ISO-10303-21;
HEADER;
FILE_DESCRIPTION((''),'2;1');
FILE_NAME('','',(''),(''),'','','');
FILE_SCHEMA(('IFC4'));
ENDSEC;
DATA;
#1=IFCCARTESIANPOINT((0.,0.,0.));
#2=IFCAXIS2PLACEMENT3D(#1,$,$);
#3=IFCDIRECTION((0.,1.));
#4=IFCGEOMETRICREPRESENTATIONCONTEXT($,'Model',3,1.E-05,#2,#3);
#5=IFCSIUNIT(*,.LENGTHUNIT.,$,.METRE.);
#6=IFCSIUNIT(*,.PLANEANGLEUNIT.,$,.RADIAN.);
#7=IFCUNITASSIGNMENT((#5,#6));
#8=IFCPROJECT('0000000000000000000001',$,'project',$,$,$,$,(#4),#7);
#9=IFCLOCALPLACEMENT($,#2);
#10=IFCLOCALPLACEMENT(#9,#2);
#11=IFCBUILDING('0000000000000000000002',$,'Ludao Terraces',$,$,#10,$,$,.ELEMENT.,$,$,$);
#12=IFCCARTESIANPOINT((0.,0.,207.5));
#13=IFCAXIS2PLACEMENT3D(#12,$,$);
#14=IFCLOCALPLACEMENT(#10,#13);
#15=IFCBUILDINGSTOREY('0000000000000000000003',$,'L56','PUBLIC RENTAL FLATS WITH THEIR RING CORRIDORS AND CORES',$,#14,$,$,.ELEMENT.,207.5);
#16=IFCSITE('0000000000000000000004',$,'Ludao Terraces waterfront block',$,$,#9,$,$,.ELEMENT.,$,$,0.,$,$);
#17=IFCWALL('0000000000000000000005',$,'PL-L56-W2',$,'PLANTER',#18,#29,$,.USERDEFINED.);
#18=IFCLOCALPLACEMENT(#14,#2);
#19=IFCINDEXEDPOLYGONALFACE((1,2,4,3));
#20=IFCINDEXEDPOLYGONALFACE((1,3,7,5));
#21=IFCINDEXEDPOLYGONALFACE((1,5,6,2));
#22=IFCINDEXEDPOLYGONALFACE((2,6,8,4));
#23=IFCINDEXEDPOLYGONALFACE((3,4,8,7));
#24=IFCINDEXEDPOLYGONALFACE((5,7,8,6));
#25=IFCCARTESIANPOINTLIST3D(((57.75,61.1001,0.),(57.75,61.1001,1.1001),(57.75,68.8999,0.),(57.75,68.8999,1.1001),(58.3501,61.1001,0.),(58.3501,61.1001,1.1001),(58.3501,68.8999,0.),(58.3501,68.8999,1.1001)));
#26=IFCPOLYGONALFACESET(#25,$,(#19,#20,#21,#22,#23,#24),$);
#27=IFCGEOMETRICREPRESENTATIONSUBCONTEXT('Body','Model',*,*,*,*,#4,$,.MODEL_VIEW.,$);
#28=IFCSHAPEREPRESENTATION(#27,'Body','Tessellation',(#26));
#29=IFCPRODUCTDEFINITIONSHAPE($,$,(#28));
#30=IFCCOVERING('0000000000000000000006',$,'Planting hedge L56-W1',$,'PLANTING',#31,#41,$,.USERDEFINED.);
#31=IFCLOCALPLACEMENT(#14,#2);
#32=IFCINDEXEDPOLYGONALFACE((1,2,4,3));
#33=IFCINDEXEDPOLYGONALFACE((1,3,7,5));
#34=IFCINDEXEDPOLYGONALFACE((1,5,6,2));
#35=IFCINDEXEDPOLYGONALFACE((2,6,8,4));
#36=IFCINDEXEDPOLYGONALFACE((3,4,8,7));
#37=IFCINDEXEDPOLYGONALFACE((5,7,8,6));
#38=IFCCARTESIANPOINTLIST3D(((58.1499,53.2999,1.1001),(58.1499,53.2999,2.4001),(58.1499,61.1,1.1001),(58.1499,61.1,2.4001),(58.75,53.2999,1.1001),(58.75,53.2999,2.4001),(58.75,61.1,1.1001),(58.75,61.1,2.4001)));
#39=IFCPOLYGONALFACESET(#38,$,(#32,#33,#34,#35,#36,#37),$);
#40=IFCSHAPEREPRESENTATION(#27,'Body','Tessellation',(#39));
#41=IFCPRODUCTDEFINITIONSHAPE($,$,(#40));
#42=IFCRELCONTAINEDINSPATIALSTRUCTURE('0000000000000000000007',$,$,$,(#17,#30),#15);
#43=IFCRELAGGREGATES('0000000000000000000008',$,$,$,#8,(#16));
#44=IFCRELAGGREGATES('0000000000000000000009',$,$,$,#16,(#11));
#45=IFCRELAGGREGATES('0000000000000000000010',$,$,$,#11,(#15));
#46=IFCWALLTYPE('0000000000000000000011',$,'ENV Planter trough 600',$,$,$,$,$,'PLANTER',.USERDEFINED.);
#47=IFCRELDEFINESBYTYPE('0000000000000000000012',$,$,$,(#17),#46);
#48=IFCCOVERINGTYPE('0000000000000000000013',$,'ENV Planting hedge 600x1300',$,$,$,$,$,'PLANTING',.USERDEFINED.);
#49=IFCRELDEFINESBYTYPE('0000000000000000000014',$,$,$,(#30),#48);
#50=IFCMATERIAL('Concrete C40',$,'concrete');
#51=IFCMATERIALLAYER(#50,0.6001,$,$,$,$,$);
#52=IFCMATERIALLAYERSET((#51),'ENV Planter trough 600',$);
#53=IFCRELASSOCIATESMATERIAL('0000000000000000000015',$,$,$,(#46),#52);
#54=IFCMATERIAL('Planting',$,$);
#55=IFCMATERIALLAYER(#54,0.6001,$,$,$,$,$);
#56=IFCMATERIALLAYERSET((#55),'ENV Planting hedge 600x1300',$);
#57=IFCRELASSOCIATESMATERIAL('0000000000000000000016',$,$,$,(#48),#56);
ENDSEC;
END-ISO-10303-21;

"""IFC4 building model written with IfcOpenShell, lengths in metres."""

from ifc_helpers import new_model, si_unit, direction, frame, frame_2d, origin, origin_2d, place, context, subcontext, project, spatial, rectangle, extrude, material, layer, layer_set, type_object, element, save


model = new_model("IFC4")

# Units and contexts
model_context = context("Model", 3, precision=1e-05, world=origin(), true_north=direction((0.0, 1.0)))
body_context = subcontext(model_context, "Body", "Model", "MODEL_VIEW")
ifc_project = project(units=[si_unit("LENGTHUNIT", "METRE"), si_unit("PLANEANGLEUNIT", "RADIAN")], contexts=[model_context])

# Site, building, storey
site_placement = place(None, origin())
site = spatial("IfcSite", under=ifc_project, at=site_placement, Name="Ludao Terraces waterfront block", CompositionType="ELEMENT", RefElevation=0.0)
building_placement = place(site_placement, origin())
building = spatial("IfcBuilding", under=site, at=building_placement, Name="Ludao Terraces", CompositionType="ELEMENT")
storey_placement = place(building_placement, frame((0.0, 0.0, 207.5)))
storey = spatial("IfcBuildingStorey", under=building, at=storey_placement, Name="L56", Description="PUBLIC RENTAL FLATS WITH THEIR RING CORRIDORS AND CORES", CompositionType="ELEMENT", Elevation=207.5)

# Shared definitions
ifc_material_1 = material(Name="Concrete C40", Category="concrete")

# Wall
ifc_layer_1 = layer(ifc_material_1, 0.6001)
ifc_layer_set_1 = layer_set([ifc_layer_1], Name="ENV Planter trough 600")
wall_type = type_object("IfcWallType", Name="ENV Planter trough 600", ElementType="PLANTER", PredefinedType="USERDEFINED", material=ifc_layer_set_1)
wall_1_placement = place(storey_placement, frame((58.05, 61.1001, 0.0), z_axis=(0.0, 0.0, 1.0), x_axis=(0.0, 1.0, 0.0)))
element("IfcWall", 1, at=wall_1_placement, inside=storey, type_object=wall_type, Name="PL-L56-W2", ObjectType="PLANTER", PredefinedType="USERDEFINED", context=body_context, shape_type="SweptSolid", body=[
    extrude(rectangle(XDim=7.7998, YDim=0.6001, at=frame_2d((3.8999, 0.0))), origin(), (0.0, 0.0, 1.0), 1.1001),
])

# Covering
ifc_material_2 = material(Name="Planting")
ifc_layer_2 = layer(ifc_material_2, 0.6001)
ifc_layer_set_2 = layer_set([ifc_layer_2], Name="ENV Planting hedge 600x1300")
covering_type = type_object("IfcCoveringType", Name="ENV Planting hedge 600x1300", ElementType="PLANTING", PredefinedType="USERDEFINED", material=ifc_layer_set_2)
covering_placement = place(storey_placement, frame((58.45, 57.2, 1.1001), z_axis=(0.0, 0.0, 1.0), x_axis=(1.0, 0.0, 0.0)))
element("IfcCovering", 2, at=covering_placement, inside=storey, type_object=covering_type, Name="Planting hedge L56-W1", ObjectType="PLANTING", PredefinedType="USERDEFINED", context=body_context, shape_type="SweptSolid", body=[
    extrude(rectangle(XDim=0.6001, YDim=7.8, at=origin_2d()), origin(), (0.0, 0.0, 1.0), 1.3),
])

save(model, "model.ifc")
